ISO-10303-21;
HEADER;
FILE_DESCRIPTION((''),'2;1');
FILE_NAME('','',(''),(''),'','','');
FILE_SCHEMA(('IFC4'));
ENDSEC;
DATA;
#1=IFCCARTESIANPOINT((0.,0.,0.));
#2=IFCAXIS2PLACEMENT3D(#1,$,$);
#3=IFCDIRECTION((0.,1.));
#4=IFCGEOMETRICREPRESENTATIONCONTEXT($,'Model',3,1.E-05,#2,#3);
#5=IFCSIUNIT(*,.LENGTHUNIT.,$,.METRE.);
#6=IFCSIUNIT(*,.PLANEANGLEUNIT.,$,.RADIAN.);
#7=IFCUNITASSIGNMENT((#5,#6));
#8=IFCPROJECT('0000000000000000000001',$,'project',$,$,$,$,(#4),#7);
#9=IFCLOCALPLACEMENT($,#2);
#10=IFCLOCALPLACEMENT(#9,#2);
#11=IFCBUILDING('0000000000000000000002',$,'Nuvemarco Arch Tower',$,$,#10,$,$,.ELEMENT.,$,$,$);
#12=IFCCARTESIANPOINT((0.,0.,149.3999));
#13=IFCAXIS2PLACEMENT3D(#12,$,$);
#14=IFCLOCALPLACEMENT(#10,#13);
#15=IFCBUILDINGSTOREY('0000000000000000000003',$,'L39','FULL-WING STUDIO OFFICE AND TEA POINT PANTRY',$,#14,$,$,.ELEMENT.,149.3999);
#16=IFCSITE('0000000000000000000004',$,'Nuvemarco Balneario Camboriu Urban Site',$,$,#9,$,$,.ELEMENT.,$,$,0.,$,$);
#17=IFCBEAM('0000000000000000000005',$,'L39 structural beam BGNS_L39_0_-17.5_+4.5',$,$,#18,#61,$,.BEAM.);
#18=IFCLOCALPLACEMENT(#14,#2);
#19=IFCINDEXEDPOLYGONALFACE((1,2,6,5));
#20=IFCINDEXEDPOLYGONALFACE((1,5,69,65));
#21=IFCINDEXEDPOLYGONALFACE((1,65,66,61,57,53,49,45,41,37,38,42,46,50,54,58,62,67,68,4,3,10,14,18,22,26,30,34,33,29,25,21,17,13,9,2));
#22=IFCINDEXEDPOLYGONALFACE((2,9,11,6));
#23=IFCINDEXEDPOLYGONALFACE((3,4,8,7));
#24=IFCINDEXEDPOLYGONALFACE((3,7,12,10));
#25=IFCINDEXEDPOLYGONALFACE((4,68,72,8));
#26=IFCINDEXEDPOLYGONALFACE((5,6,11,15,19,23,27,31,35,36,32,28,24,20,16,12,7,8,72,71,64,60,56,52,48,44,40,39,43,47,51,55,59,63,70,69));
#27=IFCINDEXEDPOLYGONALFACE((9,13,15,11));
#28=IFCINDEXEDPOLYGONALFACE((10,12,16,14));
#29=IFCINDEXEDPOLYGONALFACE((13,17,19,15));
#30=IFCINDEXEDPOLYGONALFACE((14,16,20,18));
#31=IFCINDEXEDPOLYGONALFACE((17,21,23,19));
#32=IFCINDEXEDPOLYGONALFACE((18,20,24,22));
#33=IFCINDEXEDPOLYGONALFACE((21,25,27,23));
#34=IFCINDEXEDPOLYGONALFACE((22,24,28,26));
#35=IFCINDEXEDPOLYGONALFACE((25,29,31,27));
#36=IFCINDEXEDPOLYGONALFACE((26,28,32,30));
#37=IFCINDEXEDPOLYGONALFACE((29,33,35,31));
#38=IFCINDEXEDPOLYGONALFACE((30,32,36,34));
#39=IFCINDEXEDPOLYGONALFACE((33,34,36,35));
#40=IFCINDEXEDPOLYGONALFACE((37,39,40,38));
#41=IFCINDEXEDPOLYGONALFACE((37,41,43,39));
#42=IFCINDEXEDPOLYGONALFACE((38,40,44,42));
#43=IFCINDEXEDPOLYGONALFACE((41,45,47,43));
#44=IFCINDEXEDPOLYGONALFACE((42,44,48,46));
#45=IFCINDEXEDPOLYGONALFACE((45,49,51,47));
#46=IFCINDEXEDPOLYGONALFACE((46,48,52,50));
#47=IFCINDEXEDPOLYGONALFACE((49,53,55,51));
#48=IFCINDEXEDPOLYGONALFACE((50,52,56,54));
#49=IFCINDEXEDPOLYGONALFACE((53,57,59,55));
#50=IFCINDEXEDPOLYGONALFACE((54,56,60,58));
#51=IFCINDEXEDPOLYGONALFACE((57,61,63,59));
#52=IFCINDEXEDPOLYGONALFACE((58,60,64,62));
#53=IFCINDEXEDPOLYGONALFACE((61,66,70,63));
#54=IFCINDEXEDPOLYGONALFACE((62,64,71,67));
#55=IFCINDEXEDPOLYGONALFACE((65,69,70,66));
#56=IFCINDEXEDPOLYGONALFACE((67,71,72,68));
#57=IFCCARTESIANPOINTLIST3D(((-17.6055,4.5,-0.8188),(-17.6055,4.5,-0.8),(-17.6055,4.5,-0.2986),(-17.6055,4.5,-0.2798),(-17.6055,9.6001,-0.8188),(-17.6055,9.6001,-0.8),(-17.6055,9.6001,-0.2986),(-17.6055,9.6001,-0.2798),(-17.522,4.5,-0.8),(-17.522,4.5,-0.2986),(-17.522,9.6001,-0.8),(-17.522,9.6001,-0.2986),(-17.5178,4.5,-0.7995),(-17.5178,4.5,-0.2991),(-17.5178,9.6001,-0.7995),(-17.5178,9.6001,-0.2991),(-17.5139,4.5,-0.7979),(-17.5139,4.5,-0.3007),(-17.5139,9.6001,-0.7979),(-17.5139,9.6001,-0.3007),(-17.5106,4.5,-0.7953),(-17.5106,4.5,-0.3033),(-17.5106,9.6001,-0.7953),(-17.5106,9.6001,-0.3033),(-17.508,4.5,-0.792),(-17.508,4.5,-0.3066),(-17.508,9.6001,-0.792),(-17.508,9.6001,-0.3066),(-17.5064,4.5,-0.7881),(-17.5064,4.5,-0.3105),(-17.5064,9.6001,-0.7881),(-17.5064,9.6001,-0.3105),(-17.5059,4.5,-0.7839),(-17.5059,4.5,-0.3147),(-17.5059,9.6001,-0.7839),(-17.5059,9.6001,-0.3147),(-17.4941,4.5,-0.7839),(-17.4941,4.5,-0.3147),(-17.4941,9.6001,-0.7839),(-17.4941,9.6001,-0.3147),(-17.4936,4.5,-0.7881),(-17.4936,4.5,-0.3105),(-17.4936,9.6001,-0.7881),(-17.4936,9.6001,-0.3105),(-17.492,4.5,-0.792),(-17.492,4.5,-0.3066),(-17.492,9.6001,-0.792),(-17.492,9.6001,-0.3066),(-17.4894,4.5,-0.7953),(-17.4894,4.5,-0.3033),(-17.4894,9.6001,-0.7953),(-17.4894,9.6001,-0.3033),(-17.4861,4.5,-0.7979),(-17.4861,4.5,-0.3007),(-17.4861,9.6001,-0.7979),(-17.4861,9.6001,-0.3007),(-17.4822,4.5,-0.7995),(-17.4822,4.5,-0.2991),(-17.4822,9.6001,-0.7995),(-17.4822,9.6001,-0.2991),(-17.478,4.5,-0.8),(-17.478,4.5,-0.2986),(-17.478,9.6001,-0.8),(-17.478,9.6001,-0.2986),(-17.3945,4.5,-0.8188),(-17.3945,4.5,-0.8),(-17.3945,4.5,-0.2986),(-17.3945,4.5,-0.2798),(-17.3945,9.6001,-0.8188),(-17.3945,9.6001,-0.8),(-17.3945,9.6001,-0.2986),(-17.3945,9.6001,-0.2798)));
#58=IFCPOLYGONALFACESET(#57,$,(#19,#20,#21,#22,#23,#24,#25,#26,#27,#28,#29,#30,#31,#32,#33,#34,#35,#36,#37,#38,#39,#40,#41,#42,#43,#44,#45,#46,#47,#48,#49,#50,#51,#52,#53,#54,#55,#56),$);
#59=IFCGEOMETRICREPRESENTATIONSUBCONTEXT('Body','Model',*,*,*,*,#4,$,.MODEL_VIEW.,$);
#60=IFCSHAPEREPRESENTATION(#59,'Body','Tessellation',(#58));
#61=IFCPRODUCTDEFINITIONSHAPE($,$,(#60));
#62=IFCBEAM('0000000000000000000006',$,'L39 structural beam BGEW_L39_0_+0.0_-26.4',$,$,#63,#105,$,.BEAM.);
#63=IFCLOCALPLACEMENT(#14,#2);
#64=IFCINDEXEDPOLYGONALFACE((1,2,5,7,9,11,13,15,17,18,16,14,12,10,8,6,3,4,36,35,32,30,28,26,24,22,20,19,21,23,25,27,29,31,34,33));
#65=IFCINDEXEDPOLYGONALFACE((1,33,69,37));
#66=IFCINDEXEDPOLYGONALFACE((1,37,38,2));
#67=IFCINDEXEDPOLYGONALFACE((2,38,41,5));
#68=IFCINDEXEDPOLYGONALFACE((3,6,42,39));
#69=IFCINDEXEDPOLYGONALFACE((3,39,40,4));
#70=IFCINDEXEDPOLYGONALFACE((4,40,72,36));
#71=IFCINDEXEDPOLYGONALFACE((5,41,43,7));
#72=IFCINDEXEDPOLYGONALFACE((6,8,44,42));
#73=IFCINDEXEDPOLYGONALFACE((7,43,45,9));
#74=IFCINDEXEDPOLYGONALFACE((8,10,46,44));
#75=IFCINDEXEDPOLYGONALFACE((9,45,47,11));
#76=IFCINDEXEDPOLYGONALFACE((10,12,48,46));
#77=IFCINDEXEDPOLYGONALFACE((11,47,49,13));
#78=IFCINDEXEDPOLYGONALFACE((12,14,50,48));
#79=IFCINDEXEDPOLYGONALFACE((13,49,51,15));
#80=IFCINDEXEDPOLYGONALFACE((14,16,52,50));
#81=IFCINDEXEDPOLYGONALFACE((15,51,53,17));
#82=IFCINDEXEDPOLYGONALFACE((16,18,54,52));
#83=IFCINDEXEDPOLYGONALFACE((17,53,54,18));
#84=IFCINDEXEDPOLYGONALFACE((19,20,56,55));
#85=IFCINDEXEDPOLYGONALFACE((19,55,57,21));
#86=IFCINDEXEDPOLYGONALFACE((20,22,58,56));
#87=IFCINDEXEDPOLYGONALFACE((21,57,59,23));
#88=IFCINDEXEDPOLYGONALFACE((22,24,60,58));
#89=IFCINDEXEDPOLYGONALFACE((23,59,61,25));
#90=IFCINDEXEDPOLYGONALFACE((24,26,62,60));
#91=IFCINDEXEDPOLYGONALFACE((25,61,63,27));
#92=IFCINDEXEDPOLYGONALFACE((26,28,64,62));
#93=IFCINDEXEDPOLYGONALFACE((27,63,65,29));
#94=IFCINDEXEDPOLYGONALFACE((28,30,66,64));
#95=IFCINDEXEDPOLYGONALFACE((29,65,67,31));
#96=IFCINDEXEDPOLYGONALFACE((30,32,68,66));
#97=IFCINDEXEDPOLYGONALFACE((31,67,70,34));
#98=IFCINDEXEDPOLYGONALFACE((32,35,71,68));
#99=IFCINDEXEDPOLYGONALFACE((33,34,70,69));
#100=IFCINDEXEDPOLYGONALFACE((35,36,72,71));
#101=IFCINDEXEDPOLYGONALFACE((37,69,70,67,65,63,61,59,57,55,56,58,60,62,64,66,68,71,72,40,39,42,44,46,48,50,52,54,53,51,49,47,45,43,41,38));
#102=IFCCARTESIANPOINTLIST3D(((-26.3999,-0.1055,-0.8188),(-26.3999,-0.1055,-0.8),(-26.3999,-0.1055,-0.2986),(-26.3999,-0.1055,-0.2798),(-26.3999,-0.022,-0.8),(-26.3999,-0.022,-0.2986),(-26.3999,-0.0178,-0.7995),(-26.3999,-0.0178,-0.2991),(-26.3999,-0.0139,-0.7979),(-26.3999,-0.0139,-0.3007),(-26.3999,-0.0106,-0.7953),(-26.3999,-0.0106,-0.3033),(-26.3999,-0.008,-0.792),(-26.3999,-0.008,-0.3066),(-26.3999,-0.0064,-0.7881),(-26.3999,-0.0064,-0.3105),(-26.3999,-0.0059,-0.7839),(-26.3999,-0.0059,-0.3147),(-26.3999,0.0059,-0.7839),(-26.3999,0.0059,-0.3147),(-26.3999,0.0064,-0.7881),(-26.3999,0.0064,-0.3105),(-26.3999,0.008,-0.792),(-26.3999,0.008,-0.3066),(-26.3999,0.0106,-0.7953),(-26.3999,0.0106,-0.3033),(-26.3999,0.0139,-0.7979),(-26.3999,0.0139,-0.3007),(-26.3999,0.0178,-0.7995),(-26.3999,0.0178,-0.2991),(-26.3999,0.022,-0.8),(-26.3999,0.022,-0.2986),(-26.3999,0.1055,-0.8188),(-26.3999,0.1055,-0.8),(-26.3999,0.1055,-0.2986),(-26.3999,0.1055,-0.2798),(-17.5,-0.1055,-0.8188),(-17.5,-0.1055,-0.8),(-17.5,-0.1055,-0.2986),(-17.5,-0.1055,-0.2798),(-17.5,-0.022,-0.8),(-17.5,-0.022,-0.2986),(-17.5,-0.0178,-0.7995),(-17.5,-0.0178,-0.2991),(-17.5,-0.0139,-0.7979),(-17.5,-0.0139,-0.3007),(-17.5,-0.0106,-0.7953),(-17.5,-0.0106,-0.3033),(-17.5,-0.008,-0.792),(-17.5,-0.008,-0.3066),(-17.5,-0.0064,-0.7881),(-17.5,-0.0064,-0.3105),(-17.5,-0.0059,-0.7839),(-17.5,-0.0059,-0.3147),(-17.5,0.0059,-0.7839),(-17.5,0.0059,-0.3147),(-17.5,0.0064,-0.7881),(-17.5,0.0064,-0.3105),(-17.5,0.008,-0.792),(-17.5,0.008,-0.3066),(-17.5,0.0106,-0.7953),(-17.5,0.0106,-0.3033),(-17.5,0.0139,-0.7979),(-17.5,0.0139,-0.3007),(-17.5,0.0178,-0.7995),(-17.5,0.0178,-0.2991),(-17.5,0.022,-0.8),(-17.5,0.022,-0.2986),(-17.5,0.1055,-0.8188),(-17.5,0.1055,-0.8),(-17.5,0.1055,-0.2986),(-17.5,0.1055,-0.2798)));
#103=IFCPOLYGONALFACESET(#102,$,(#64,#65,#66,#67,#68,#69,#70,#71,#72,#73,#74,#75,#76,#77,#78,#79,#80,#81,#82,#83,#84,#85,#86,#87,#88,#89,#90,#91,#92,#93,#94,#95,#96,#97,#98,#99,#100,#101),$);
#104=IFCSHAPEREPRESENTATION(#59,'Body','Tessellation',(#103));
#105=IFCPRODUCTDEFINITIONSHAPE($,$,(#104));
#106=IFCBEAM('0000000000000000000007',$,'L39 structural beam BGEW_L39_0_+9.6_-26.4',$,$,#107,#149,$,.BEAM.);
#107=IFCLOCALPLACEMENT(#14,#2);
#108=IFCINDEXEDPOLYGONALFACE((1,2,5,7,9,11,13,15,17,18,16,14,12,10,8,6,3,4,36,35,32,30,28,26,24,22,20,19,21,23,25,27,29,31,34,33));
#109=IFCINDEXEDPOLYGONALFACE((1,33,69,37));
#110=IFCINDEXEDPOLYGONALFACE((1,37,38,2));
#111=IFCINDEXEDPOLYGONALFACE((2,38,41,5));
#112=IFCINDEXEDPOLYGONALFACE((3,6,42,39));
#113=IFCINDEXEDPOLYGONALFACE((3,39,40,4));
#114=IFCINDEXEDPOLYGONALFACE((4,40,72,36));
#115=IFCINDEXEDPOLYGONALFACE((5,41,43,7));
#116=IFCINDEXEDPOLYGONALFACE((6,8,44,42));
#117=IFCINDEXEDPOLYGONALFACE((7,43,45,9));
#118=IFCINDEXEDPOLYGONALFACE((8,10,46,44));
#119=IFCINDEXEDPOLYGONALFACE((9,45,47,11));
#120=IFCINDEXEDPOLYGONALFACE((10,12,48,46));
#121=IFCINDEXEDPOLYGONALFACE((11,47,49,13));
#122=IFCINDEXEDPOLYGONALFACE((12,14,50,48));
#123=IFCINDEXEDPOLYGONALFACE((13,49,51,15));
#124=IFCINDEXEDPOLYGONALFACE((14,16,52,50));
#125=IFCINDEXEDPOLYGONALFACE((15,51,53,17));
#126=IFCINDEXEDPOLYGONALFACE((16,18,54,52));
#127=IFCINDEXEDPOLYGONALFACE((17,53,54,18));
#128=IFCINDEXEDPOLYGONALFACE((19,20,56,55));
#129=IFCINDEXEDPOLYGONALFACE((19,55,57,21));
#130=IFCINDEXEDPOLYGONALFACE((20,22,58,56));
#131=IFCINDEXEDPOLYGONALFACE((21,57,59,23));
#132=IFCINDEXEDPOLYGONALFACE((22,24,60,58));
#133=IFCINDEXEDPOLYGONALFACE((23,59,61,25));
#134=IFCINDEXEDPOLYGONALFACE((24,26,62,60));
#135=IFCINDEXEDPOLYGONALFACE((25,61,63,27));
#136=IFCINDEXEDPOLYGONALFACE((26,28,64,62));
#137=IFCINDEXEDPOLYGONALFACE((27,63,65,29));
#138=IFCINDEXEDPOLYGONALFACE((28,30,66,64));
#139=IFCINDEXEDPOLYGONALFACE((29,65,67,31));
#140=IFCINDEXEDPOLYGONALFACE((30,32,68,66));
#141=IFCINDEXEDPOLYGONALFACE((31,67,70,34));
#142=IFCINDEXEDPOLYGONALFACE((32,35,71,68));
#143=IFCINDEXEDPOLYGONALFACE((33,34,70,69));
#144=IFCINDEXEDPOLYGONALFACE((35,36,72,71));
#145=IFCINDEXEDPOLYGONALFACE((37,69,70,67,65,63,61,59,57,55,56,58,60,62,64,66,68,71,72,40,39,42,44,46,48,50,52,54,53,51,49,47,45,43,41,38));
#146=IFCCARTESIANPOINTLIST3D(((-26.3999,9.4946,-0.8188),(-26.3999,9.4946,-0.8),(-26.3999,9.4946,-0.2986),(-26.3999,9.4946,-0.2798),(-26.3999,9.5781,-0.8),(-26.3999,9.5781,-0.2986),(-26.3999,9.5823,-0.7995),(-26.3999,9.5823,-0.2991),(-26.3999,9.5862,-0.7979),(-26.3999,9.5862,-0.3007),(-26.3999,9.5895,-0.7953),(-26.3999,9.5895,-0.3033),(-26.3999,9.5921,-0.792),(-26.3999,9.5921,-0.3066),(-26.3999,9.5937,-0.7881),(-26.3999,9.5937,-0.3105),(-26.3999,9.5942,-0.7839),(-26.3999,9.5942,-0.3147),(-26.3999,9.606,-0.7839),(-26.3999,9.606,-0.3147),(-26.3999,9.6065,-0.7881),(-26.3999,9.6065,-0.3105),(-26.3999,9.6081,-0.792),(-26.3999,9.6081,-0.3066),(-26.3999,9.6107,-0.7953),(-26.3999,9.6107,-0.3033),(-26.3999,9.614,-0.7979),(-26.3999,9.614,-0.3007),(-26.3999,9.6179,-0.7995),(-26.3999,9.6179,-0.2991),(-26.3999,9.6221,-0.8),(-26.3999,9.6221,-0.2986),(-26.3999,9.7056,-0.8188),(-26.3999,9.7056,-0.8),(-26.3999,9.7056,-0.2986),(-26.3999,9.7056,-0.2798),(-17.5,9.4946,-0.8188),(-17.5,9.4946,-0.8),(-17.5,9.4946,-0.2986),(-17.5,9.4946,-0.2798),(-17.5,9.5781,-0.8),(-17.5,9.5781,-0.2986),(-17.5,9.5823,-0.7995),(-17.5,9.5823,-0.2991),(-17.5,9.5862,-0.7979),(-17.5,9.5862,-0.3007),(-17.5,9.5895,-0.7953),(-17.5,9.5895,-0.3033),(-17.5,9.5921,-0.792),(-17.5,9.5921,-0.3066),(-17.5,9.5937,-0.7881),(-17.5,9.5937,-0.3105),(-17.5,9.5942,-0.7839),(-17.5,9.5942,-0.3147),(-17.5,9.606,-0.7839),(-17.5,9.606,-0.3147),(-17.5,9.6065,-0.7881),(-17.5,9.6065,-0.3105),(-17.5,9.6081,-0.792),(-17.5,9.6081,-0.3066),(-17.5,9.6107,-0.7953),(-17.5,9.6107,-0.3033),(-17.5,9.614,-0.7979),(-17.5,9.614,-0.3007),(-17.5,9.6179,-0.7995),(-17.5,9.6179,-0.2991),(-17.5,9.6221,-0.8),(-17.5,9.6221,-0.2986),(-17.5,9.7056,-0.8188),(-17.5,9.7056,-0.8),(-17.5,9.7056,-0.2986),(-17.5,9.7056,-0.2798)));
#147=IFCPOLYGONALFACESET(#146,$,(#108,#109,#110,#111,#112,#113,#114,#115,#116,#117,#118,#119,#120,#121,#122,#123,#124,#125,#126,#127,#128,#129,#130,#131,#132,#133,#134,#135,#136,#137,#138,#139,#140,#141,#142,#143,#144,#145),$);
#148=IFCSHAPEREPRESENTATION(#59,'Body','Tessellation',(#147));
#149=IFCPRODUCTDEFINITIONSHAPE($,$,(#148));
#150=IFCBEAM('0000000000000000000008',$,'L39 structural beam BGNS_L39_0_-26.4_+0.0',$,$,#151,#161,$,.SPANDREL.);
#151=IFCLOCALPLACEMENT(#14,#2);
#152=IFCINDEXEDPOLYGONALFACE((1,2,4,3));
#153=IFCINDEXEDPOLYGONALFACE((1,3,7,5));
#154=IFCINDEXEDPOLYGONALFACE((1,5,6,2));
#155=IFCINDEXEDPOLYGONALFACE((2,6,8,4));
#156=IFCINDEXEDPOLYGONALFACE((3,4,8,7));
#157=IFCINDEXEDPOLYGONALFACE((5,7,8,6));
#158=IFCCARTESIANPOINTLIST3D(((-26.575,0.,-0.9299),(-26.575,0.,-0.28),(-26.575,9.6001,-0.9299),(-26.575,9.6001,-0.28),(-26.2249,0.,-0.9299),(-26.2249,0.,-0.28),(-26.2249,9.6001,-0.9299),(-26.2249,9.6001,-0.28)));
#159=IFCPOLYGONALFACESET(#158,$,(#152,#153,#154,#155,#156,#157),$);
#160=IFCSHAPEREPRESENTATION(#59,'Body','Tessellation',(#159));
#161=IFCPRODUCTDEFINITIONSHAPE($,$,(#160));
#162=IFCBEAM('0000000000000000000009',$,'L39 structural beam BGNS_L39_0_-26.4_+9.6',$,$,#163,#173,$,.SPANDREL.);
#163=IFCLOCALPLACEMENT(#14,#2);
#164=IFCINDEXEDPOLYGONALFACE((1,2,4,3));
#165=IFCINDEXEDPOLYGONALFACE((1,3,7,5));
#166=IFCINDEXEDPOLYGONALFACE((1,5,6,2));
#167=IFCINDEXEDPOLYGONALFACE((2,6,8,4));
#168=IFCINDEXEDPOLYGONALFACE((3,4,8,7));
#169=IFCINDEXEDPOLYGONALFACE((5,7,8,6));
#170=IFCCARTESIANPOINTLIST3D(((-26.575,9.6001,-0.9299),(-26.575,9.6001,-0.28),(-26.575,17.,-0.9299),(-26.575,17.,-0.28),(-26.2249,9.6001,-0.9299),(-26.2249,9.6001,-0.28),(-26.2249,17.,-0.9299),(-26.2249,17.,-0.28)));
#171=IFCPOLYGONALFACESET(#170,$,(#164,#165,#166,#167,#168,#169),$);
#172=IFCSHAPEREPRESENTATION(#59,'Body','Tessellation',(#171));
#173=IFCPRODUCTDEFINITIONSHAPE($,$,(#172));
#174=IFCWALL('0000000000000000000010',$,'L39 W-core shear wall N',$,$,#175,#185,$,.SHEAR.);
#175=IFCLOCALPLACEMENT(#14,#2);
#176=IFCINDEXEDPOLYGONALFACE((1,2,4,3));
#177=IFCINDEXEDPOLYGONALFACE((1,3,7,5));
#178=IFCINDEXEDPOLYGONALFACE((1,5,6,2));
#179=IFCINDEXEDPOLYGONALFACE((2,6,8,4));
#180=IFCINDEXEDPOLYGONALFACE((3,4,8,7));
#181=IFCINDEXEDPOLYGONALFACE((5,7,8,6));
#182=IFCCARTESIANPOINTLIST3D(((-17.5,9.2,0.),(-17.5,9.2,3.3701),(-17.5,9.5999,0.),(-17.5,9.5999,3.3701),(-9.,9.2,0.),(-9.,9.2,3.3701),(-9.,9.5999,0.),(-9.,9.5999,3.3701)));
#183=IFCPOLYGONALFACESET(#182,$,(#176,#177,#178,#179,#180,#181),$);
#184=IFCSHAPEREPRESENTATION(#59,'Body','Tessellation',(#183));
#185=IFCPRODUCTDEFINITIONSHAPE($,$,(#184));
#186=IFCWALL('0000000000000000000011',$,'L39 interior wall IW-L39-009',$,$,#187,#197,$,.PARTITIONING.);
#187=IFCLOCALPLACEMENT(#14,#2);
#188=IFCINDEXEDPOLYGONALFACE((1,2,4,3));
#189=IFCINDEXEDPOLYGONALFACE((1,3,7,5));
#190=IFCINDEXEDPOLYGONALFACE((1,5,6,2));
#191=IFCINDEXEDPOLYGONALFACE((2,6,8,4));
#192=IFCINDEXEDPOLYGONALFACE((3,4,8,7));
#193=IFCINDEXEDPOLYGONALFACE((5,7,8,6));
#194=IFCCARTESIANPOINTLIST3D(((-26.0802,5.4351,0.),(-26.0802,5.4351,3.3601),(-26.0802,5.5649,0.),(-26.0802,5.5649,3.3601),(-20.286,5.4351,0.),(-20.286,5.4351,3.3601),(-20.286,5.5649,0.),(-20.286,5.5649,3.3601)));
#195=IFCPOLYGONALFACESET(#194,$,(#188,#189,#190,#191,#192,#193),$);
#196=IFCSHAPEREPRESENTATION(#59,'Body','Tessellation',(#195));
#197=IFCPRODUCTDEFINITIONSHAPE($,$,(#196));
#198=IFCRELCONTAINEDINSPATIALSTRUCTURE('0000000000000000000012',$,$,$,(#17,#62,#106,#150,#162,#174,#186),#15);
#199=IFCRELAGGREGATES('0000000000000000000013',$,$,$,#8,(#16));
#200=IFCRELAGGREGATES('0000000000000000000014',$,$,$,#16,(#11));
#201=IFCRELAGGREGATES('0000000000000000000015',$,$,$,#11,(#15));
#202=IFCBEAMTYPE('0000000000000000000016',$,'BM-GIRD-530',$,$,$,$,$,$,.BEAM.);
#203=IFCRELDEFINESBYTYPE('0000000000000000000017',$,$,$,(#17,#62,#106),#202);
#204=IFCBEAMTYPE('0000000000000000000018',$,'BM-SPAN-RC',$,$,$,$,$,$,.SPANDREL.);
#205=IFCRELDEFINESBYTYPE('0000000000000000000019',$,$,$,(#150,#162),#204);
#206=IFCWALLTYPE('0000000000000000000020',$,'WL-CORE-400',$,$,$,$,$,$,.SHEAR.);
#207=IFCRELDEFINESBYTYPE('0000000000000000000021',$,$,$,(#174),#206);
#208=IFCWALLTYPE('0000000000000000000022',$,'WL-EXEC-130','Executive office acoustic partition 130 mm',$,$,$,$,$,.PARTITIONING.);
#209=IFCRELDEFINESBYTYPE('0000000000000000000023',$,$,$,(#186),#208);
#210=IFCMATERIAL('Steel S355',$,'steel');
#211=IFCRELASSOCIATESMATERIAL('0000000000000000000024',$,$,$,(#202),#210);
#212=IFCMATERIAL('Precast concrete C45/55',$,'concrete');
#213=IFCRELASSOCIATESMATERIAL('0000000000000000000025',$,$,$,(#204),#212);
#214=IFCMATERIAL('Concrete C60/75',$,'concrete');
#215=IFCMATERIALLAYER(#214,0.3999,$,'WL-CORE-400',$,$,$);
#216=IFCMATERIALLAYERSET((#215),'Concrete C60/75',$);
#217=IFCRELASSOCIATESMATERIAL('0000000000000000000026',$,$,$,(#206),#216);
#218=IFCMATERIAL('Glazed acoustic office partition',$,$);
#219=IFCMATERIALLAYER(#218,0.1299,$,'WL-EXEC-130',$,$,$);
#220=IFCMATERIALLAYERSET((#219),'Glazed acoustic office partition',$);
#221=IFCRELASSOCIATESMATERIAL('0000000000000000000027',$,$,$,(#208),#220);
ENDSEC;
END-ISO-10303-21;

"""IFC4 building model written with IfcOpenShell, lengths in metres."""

from ifc_helpers import new_model, si_unit, direction, frame, frame_2d, origin, origin_2d, place, context, subcontext, project, spatial, rectangle, i_section, extrude, material, layer, layer_set, material_profile, profile_set, type_object, element, save


model = new_model("IFC4")

# Units and contexts
model_context = context("Model", 3, precision=1e-05, world=origin(), true_north=direction((0.0, 1.0)))
body_context = subcontext(model_context, "Body", "Model", "MODEL_VIEW")
ifc_project = project(units=[si_unit("LENGTHUNIT", "METRE"), si_unit("PLANEANGLEUNIT", "RADIAN")], contexts=[model_context])

# Site, building, storey
site_placement = place(None, origin())
site = spatial("IfcSite", under=ifc_project, at=site_placement, Name="Nuvemarco Balneario Camboriu Urban Site", CompositionType="ELEMENT", RefElevation=0.0)
building_placement = place(site_placement, origin())
building = spatial("IfcBuilding", under=site, at=building_placement, Name="Nuvemarco Arch Tower", CompositionType="ELEMENT")
storey_placement = place(building_placement, frame((0.0, 0.0, 149.3999)))
storey = spatial("IfcBuildingStorey", under=building, at=storey_placement, Name="L39", Description="FULL-WING STUDIO OFFICE AND TEA POINT PANTRY", CompositionType="ELEMENT", Elevation=149.3999)

# Shared definitions
ifc_material_1 = material(Name="Steel S355", Category="steel")

# Beams
ifc_material_profile_1 = material_profile(ifc_material_1, i_section(OverallWidth=0.2109, OverallDepth=0.5391, WebThickness=0.0117, FlangeThickness=0.0188, FilletRadius=0.0161, at=origin_2d()), Name="W530x109")
ifc_profile_set_1 = profile_set([ifc_material_profile_1], Name="Steel S355")
beam_type_1 = type_object("IfcBeamType", Name="BM-GIRD-530", PredefinedType="BEAM", material=ifc_profile_set_1)
beam_1_placement = place(storey_placement, frame((-17.5, 4.5, -0.5493), z_axis=(0.0, 1.0, 0.0), x_axis=(-1.0, 0.0, 0.0)))
element("IfcBeam", 1, at=beam_1_placement, inside=storey, type_object=beam_type_1, Name="L39 structural beam BGNS_L39_0_-17.5_+4.5", PredefinedType="BEAM", context=body_context, shape_type="SweptSolid", body=[
    extrude(i_section(OverallWidth=0.2109, OverallDepth=0.5391, WebThickness=0.0117, FlangeThickness=0.0188, FilletRadius=0.0161, at=origin_2d()), origin(), (0.0, 0.0, 1.0), 5.1001),
])
for number, where, z_axis, x_axis, name in (
    (2, (-26.3999, 0.0, -0.5493), (1.0, 0.0, 0.0), (0.0, 1.0, 0.0), "L39 structural beam BGEW_L39_0_+0.0_-26.4"),
    (3, (-26.3999, 9.6001, -0.5493), (1.0, 0.0, 0.0), (0.0, 1.0, 0.0), "L39 structural beam BGEW_L39_0_+9.6_-26.4"),
):
    element("IfcBeam", number, at=place(storey_placement, frame(where, z_axis=z_axis, x_axis=x_axis)), inside=storey, type_object=beam_type_1, Name=name, PredefinedType="BEAM", context=body_context, shape_type="SweptSolid", body=[
        extrude(i_section(OverallWidth=0.2109, OverallDepth=0.5391, WebThickness=0.0117, FlangeThickness=0.0188, FilletRadius=0.0161, at=origin_2d()), origin(), (0.0, 0.0, 1.0), 8.8999),
    ])
ifc_material_2 = material(Name="Precast concrete C45/55", Category="concrete")
ifc_material_profile_2 = material_profile(ifc_material_2, rectangle(XDim=0.3501, YDim=0.6499, at=origin_2d()), Name="PC-SP-350x650")
ifc_profile_set_2 = profile_set([ifc_material_profile_2], Name="Precast concrete C45/55")
beam_type_2 = type_object("IfcBeamType", Name="BM-SPAN-RC", PredefinedType="SPANDREL", material=ifc_profile_set_2)
beam_2_placement = place(storey_placement, frame((-26.3999, 0.0, -0.605), z_axis=(0.0, 1.0, 0.0), x_axis=(-1.0, 0.0, 0.0)))
element("IfcBeam", 4, at=beam_2_placement, inside=storey, type_object=beam_type_2, Name="L39 structural beam BGNS_L39_0_-26.4_+0.0", PredefinedType="SPANDREL", context=body_context, shape_type="SweptSolid", body=[
    extrude(rectangle(XDim=0.3501, YDim=0.6499, at=origin_2d()), origin(), (0.0, 0.0, 1.0), 9.6001),
])
beam_3_placement = place(storey_placement, frame((-26.3999, 9.6001, -0.605), z_axis=(0.0, 1.0, 0.0), x_axis=(-1.0, 0.0, 0.0)))
element("IfcBeam", 5, at=beam_3_placement, inside=storey, type_object=beam_type_2, Name="L39 structural beam BGNS_L39_0_-26.4_+9.6", PredefinedType="SPANDREL", context=body_context, shape_type="SweptSolid", body=[
    extrude(rectangle(XDim=0.3501, YDim=0.6499, at=origin_2d()), origin(), (0.0, 0.0, 1.0), 7.3999),
])

# Walls
ifc_material_3 = material(Name="Concrete C60/75", Category="concrete")
ifc_layer_1 = layer(ifc_material_3, 0.3999, Name="WL-CORE-400")
ifc_layer_set_1 = layer_set([ifc_layer_1], Name="Concrete C60/75")
wall_type_1 = type_object("IfcWallType", Name="WL-CORE-400", PredefinedType="SHEAR", material=ifc_layer_set_1)
wall_1_placement = place(storey_placement, frame((-17.5, 9.3999, 0.0), z_axis=(0.0, 0.0, 1.0), x_axis=(1.0, 0.0, 0.0)))
element("IfcWall", 6, at=wall_1_placement, inside=storey, type_object=wall_type_1, Name="L39 W-core shear wall N", PredefinedType="SHEAR", context=body_context, shape_type="SweptSolid", body=[
    extrude(rectangle(XDim=8.5, YDim=0.3999, at=frame_2d((4.25, 0.0))), origin(), (0.0, 0.0, 1.0), 3.3701),
])
ifc_material_4 = material(Name="Glazed acoustic office partition")
ifc_layer_2 = layer(ifc_material_4, 0.1299, Name="WL-EXEC-130")
ifc_layer_set_2 = layer_set([ifc_layer_2], Name="Glazed acoustic office partition")
wall_type_2 = type_object("IfcWallType", Name="WL-EXEC-130", Description="Executive office acoustic partition 130 mm", PredefinedType="PARTITIONING", material=ifc_layer_set_2)
wall_2_placement = place(storey_placement, frame((-26.0801, 5.5, 0.0), z_axis=(0.0, 0.0, 1.0), x_axis=(1.0, 0.0, 0.0)))
element("IfcWall", 7, at=wall_2_placement, inside=storey, type_object=wall_type_2, Name="L39 interior wall IW-L39-009", PredefinedType="PARTITIONING", context=body_context, shape_type="SweptSolid", body=[
    extrude(rectangle(XDim=5.7942, YDim=0.1299, at=frame_2d((2.897, 0.0))), origin(), (0.0, 0.0, 1.0), 3.3601),
])

save(model, "model.ifc")
